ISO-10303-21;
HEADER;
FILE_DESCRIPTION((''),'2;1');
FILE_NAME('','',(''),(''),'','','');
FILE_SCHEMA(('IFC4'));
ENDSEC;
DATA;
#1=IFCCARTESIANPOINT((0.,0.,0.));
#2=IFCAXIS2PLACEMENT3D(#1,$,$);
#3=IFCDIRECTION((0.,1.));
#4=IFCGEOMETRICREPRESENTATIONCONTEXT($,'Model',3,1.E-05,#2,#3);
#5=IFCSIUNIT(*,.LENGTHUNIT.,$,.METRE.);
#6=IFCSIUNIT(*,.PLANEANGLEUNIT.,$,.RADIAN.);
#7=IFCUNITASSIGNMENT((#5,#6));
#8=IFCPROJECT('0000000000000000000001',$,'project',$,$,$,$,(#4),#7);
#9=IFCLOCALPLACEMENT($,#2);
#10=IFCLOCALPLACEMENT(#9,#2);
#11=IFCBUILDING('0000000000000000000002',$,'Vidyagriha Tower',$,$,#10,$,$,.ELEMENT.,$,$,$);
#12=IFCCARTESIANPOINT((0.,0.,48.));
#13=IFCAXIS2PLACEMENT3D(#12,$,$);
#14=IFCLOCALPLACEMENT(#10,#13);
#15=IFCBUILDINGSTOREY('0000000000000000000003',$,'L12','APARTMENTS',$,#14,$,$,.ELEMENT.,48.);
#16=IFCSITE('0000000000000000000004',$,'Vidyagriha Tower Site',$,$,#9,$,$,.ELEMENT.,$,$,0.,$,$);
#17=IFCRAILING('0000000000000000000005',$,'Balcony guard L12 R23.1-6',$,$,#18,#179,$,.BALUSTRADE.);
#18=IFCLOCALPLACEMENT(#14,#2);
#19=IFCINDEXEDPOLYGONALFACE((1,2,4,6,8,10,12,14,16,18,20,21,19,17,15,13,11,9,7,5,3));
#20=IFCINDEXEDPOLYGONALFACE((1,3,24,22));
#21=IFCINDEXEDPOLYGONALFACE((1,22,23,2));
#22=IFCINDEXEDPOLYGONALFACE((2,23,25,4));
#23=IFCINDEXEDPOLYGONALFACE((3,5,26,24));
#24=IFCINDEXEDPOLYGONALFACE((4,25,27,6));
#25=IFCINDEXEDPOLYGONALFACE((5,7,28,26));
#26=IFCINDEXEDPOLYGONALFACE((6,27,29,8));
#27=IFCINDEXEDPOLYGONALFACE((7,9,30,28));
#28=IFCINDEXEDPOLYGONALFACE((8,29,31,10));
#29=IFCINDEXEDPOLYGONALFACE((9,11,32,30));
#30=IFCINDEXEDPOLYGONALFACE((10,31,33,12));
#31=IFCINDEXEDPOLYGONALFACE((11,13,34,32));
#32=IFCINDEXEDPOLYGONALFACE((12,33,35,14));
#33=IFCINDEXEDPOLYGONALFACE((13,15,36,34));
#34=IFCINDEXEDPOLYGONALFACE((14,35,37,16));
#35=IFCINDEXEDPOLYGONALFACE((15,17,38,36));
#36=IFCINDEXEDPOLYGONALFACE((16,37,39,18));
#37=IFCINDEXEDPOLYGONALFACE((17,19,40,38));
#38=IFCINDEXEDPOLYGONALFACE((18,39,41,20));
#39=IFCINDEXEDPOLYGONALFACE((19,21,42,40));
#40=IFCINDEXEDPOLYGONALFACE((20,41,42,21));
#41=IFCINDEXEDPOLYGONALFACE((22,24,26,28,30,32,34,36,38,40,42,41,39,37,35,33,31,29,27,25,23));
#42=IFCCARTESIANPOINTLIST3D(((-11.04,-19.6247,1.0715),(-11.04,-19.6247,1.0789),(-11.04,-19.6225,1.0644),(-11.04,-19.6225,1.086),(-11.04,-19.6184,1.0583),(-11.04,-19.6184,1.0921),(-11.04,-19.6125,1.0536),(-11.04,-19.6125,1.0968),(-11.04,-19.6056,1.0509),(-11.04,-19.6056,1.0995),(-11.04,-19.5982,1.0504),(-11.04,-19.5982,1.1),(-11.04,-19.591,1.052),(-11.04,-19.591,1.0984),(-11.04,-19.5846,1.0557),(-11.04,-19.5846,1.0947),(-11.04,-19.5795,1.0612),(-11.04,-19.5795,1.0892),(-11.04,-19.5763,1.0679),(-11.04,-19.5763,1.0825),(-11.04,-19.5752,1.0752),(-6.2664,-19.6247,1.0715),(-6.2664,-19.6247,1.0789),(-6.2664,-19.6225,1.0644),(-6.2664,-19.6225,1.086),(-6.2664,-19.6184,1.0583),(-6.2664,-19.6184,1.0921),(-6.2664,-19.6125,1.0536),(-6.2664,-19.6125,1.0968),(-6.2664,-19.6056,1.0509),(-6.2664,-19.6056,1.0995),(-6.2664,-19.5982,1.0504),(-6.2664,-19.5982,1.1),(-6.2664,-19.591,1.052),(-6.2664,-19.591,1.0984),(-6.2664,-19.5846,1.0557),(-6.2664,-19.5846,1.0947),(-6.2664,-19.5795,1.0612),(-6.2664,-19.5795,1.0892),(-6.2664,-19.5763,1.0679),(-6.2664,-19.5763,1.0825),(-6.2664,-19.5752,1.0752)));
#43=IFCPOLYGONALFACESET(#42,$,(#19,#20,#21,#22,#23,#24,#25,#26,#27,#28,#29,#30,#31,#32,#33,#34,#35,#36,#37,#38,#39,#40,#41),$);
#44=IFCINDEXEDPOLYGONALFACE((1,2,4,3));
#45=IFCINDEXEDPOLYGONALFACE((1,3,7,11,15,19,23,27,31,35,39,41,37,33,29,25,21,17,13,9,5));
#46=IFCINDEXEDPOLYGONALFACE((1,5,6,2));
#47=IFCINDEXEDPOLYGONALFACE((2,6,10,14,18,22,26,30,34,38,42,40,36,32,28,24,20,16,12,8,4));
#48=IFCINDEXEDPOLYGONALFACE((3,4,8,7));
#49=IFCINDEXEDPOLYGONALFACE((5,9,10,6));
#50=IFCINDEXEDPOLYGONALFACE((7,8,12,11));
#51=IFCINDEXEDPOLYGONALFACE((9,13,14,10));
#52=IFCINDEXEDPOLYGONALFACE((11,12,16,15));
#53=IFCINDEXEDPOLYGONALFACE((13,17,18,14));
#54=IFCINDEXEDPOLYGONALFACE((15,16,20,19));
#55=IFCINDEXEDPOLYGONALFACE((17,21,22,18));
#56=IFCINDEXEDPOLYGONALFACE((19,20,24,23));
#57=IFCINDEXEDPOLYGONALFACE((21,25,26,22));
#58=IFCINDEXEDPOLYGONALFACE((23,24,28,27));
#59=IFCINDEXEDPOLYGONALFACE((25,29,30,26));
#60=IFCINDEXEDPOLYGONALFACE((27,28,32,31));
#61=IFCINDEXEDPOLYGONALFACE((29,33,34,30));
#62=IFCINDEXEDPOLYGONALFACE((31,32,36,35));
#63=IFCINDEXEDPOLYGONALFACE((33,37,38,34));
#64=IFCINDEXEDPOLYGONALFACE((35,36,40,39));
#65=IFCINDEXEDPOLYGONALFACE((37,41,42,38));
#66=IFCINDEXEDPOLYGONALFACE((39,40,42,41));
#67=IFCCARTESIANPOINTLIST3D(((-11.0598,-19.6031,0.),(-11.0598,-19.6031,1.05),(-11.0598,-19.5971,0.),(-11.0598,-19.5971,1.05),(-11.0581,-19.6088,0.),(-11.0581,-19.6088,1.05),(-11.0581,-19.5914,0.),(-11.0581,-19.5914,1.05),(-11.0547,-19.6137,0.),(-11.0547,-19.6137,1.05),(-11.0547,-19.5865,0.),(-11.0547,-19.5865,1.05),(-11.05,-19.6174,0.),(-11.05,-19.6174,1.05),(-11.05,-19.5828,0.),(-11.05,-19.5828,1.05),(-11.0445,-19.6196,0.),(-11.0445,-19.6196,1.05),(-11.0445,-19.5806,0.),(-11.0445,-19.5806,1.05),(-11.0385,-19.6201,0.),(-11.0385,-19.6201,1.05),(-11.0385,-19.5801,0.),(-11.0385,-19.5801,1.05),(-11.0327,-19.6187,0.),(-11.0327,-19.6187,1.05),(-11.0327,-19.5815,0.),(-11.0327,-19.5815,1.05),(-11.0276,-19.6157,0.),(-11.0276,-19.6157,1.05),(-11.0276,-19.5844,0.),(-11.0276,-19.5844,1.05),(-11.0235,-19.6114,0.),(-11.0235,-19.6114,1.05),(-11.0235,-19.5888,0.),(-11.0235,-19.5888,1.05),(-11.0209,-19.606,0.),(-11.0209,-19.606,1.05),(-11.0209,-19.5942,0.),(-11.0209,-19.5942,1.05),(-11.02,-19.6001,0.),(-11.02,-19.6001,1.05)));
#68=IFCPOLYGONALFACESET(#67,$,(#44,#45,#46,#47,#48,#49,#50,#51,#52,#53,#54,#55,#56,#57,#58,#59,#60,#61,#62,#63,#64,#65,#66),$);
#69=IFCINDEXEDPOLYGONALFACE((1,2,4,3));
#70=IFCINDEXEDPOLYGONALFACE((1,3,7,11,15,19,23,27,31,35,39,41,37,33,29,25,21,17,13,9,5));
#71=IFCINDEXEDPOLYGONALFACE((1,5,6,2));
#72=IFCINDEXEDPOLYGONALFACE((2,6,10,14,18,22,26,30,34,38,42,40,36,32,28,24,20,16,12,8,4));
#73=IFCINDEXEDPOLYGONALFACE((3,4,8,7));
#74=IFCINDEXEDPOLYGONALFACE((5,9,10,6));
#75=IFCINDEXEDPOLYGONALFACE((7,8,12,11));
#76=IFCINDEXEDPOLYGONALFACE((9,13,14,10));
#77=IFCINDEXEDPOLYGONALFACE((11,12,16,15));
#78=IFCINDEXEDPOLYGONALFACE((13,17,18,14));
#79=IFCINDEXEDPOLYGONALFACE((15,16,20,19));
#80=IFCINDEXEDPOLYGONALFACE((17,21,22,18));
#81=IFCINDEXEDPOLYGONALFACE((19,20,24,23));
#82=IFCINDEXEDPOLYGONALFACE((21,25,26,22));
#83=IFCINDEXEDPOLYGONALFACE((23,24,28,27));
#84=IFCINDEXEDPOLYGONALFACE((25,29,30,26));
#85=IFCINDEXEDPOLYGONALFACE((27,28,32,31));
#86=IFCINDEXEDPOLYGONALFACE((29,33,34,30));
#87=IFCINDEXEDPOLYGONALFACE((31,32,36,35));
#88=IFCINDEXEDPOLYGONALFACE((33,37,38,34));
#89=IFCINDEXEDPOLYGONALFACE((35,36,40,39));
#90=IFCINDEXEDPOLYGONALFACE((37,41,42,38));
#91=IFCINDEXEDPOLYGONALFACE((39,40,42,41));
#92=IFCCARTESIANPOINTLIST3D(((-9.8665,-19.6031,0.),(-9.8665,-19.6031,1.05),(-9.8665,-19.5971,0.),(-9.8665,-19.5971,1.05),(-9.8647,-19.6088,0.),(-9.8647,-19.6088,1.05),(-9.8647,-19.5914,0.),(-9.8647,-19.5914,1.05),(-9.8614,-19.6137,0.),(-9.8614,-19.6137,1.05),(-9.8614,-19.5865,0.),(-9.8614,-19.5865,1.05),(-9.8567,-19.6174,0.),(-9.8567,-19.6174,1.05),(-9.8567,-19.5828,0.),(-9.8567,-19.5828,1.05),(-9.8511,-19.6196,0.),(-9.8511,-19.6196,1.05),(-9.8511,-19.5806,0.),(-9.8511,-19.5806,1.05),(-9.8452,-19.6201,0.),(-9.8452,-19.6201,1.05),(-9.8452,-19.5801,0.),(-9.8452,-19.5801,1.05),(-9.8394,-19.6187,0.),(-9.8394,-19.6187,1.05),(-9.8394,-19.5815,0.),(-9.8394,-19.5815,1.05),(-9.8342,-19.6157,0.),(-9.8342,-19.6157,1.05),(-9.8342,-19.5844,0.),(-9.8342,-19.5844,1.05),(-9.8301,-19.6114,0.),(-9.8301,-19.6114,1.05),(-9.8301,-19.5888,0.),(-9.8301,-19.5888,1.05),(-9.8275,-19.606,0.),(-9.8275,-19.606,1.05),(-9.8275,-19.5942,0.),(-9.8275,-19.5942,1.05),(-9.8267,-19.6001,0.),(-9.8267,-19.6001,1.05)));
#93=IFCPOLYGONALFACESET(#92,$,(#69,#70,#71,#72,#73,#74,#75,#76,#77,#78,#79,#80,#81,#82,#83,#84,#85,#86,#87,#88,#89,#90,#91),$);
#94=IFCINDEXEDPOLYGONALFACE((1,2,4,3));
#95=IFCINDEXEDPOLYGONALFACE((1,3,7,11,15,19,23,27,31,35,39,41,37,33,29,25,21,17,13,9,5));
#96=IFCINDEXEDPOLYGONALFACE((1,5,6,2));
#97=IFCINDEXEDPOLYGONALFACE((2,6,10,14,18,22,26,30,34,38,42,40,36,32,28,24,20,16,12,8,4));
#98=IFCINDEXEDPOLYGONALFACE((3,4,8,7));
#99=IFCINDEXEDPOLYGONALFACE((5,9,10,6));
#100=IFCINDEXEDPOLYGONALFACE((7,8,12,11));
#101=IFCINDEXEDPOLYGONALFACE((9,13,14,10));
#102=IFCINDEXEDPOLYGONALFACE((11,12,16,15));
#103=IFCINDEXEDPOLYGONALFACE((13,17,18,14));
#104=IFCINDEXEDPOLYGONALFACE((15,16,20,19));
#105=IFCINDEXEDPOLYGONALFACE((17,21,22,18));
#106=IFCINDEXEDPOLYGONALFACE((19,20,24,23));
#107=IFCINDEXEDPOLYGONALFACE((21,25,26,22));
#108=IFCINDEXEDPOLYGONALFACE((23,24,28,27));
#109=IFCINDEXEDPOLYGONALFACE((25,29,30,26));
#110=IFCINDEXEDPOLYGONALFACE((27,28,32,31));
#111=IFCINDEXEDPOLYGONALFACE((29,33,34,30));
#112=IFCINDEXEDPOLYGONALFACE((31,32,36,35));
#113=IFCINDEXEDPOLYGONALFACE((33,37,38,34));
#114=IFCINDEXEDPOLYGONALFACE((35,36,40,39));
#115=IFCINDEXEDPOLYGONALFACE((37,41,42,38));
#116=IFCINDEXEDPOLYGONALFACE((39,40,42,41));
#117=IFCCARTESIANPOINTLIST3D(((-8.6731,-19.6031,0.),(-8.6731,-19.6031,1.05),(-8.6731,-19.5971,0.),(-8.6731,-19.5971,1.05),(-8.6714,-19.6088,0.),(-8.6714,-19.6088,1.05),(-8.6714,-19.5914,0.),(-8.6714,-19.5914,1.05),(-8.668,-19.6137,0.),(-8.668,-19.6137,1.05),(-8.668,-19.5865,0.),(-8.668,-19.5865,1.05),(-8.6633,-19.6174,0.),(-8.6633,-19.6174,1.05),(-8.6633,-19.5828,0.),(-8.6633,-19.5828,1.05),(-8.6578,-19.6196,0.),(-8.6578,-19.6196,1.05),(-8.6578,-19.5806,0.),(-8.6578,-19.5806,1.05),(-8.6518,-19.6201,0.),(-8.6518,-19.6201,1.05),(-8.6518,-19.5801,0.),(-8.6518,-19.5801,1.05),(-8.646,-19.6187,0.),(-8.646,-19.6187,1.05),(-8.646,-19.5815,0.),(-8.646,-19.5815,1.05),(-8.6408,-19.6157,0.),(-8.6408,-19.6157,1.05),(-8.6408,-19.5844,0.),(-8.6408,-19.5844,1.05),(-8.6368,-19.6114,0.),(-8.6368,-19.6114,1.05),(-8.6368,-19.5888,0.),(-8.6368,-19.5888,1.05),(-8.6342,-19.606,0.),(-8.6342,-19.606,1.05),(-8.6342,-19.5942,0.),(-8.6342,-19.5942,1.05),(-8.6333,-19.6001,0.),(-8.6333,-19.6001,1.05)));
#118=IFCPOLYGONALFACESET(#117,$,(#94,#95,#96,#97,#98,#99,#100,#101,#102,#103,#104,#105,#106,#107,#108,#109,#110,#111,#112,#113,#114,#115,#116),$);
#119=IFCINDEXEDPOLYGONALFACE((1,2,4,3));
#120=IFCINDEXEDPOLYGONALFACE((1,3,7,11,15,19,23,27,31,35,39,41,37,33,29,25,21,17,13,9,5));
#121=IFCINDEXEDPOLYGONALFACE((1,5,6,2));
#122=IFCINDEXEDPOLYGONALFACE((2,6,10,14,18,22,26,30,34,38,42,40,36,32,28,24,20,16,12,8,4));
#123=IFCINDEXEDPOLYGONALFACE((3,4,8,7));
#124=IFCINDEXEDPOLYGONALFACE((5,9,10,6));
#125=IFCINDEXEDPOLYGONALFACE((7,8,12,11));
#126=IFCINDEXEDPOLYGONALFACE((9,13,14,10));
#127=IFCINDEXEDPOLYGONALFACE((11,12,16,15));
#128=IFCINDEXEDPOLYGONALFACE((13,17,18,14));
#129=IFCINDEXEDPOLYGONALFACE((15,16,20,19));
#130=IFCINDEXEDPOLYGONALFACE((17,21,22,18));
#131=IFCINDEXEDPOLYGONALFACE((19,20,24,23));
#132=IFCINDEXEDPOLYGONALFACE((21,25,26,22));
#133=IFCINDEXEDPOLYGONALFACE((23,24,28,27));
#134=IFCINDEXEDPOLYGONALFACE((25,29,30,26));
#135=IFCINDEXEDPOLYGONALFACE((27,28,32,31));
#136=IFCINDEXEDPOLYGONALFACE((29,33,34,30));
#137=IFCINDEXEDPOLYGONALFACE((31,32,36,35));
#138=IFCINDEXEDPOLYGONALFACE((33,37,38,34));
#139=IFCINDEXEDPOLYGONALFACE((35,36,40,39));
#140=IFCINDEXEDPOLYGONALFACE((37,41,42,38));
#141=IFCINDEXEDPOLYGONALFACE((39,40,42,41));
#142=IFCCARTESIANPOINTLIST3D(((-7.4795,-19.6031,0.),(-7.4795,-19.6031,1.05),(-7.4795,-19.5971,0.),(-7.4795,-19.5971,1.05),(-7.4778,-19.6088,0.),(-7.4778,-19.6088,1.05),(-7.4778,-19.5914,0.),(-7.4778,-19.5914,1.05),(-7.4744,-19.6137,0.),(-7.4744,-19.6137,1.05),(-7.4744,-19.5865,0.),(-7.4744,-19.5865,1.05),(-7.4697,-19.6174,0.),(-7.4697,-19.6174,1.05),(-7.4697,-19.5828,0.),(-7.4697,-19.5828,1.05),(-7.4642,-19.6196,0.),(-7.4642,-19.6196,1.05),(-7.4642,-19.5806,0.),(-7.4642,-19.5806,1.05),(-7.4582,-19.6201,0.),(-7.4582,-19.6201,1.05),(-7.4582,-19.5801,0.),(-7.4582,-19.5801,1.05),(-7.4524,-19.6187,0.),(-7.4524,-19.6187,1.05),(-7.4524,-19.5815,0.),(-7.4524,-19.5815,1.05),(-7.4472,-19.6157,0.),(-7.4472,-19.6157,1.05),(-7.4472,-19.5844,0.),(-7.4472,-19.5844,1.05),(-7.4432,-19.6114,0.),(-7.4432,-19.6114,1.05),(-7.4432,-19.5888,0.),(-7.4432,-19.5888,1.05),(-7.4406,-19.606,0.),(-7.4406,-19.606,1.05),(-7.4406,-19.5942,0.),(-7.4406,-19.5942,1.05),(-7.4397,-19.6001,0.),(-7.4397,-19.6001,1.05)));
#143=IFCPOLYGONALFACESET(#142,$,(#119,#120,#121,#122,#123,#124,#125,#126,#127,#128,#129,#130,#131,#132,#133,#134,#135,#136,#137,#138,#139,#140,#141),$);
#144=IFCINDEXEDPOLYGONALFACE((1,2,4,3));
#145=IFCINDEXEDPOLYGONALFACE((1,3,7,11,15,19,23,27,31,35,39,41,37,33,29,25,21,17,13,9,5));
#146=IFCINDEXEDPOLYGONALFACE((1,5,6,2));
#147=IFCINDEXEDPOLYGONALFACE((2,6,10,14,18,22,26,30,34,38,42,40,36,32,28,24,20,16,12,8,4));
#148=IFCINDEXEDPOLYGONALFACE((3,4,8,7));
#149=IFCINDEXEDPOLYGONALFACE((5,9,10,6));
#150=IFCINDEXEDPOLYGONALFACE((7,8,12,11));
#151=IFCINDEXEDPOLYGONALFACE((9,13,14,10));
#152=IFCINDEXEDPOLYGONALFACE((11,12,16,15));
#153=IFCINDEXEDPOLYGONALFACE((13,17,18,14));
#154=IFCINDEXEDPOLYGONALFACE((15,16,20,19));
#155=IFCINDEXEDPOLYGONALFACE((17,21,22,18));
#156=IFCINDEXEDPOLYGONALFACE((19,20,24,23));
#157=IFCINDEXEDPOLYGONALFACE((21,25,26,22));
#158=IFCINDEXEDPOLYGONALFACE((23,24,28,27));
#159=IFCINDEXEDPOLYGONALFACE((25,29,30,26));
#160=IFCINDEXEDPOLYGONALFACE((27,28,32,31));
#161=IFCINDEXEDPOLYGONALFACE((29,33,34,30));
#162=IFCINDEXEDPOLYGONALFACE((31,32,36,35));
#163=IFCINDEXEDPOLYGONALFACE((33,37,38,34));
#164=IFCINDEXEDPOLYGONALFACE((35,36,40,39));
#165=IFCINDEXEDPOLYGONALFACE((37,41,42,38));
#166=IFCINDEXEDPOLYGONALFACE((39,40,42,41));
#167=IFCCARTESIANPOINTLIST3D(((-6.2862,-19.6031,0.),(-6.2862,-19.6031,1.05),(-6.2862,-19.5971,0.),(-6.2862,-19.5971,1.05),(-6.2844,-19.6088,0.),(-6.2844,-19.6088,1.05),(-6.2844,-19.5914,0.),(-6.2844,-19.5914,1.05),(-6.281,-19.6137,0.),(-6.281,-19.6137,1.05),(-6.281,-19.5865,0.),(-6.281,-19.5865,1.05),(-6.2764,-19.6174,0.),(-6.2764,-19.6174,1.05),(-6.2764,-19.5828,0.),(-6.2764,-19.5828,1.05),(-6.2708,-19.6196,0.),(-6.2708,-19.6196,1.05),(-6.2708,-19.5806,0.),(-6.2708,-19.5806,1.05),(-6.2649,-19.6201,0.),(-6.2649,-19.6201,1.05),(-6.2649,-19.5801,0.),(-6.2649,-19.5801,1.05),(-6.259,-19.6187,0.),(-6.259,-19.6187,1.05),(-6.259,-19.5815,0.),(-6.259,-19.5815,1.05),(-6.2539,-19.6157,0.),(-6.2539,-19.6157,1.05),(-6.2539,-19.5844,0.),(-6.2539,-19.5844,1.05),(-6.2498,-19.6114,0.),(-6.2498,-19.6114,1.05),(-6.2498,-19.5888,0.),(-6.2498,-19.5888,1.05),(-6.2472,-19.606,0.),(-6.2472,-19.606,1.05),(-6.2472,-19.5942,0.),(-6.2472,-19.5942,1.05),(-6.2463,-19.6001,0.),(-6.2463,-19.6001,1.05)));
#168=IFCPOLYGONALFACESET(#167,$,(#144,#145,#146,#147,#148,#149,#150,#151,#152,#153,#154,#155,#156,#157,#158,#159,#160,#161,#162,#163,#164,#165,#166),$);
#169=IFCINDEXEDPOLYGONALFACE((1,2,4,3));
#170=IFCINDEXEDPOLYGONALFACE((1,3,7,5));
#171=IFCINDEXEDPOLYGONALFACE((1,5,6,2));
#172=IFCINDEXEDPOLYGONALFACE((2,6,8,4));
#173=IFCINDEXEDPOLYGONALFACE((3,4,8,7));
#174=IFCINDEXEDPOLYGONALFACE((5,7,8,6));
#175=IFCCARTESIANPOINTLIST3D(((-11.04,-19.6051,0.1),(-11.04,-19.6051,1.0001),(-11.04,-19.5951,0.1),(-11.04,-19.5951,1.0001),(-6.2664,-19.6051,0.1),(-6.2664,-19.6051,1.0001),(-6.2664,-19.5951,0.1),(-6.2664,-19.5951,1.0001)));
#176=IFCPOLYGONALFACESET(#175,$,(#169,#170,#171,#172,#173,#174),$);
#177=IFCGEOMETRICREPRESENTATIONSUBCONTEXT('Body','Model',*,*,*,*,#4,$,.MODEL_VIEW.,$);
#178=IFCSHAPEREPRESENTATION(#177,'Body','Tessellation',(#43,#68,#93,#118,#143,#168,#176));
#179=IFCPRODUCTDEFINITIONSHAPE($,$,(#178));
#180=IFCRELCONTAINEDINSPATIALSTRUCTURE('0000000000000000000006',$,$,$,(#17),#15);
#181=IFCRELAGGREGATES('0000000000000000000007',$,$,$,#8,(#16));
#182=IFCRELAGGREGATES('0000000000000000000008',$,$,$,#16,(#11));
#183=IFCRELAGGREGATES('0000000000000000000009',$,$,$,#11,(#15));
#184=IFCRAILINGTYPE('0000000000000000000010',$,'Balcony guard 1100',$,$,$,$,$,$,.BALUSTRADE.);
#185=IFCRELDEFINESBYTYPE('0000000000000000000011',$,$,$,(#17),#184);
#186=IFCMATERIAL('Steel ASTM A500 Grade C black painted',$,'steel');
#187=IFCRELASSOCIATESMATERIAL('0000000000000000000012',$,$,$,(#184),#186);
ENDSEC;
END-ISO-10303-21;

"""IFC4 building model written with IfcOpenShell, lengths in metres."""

from ifc_helpers import new_model, si_unit, direction, frame, origin, origin_2d, place, context, subcontext, project, spatial, rectangle, circle, extrude, material, type_object, element, save


model = new_model("IFC4")

# Units and contexts
model_context = context("Model", 3, precision=1e-05, world=origin(), true_north=direction((0.0, 1.0)))
body_context = subcontext(model_context, "Body", "Model", "MODEL_VIEW")
ifc_project = project(units=[si_unit("LENGTHUNIT", "METRE"), si_unit("PLANEANGLEUNIT", "RADIAN")], contexts=[model_context])

# Site, building, storey
site_placement = place(None, origin())
site = spatial("IfcSite", under=ifc_project, at=site_placement, Name="Vidyagriha Tower Site", CompositionType="ELEMENT", RefElevation=0.0)
building_placement = place(site_placement, origin())
building = spatial("IfcBuilding", under=site, at=building_placement, Name="Vidyagriha Tower", CompositionType="ELEMENT")
storey_placement = place(building_placement, frame((0.0, 0.0, 48.0)))
storey = spatial("IfcBuildingStorey", under=building, at=storey_placement, Name="L12", Description="APARTMENTS", CompositionType="ELEMENT", Elevation=48.0)

# Railing
ifc_material_1 = material(Name="Steel ASTM A500 Grade C black painted", Category="steel")
railing_type = type_object("IfcRailingType", Name="Balcony guard 1100", PredefinedType="BALUSTRADE", material=ifc_material_1)
railing_1_placement = place(storey_placement, frame((-11.04, -19.6001, 0.0)))
element("IfcRailing", 1, at=railing_1_placement, inside=storey, type_object=railing_type, Name="Balcony guard L12 R23.1-6", PredefinedType="BALUSTRADE", context=body_context, shape_type="SweptSolid", body=[
    extrude(circle(Radius=0.0249, at=origin_2d()), frame((0.0, 0.0, 1.0752), z_axis=(1.0, 0.0, 0.0), x_axis=(0.0, 1.0, 0.0)), (0.0, 0.0, 1.0), 4.7737),
    extrude(circle(Radius=0.02, at=origin_2d()), origin(), (0.0, 0.0, 1.0), 1.05),
    extrude(circle(Radius=0.02, at=origin_2d()), frame((1.1934, 0.0, 0.0)), (0.0, 0.0, 1.0), 1.05),
    extrude(circle(Radius=0.02, at=origin_2d()), frame((2.3867, 0.0, 0.0)), (0.0, 0.0, 1.0), 1.05),
    extrude(circle(Radius=0.02, at=origin_2d()), frame((3.5803, 0.0, 0.0)), (0.0, 0.0, 1.0), 1.05),
    extrude(circle(Radius=0.02, at=origin_2d()), frame((4.7737, 0.0, 0.0)), (0.0, 0.0, 1.0), 1.05),
    extrude(rectangle(XDim=0.01, YDim=0.9001, at=origin_2d()), frame((0.0, 0.0, 0.55), z_axis=(1.0, 0.0, 0.0), x_axis=(0.0, 1.0, 0.0)), (0.0, 0.0, 1.0), 4.7737),
])

save(model, "model.ifc")
